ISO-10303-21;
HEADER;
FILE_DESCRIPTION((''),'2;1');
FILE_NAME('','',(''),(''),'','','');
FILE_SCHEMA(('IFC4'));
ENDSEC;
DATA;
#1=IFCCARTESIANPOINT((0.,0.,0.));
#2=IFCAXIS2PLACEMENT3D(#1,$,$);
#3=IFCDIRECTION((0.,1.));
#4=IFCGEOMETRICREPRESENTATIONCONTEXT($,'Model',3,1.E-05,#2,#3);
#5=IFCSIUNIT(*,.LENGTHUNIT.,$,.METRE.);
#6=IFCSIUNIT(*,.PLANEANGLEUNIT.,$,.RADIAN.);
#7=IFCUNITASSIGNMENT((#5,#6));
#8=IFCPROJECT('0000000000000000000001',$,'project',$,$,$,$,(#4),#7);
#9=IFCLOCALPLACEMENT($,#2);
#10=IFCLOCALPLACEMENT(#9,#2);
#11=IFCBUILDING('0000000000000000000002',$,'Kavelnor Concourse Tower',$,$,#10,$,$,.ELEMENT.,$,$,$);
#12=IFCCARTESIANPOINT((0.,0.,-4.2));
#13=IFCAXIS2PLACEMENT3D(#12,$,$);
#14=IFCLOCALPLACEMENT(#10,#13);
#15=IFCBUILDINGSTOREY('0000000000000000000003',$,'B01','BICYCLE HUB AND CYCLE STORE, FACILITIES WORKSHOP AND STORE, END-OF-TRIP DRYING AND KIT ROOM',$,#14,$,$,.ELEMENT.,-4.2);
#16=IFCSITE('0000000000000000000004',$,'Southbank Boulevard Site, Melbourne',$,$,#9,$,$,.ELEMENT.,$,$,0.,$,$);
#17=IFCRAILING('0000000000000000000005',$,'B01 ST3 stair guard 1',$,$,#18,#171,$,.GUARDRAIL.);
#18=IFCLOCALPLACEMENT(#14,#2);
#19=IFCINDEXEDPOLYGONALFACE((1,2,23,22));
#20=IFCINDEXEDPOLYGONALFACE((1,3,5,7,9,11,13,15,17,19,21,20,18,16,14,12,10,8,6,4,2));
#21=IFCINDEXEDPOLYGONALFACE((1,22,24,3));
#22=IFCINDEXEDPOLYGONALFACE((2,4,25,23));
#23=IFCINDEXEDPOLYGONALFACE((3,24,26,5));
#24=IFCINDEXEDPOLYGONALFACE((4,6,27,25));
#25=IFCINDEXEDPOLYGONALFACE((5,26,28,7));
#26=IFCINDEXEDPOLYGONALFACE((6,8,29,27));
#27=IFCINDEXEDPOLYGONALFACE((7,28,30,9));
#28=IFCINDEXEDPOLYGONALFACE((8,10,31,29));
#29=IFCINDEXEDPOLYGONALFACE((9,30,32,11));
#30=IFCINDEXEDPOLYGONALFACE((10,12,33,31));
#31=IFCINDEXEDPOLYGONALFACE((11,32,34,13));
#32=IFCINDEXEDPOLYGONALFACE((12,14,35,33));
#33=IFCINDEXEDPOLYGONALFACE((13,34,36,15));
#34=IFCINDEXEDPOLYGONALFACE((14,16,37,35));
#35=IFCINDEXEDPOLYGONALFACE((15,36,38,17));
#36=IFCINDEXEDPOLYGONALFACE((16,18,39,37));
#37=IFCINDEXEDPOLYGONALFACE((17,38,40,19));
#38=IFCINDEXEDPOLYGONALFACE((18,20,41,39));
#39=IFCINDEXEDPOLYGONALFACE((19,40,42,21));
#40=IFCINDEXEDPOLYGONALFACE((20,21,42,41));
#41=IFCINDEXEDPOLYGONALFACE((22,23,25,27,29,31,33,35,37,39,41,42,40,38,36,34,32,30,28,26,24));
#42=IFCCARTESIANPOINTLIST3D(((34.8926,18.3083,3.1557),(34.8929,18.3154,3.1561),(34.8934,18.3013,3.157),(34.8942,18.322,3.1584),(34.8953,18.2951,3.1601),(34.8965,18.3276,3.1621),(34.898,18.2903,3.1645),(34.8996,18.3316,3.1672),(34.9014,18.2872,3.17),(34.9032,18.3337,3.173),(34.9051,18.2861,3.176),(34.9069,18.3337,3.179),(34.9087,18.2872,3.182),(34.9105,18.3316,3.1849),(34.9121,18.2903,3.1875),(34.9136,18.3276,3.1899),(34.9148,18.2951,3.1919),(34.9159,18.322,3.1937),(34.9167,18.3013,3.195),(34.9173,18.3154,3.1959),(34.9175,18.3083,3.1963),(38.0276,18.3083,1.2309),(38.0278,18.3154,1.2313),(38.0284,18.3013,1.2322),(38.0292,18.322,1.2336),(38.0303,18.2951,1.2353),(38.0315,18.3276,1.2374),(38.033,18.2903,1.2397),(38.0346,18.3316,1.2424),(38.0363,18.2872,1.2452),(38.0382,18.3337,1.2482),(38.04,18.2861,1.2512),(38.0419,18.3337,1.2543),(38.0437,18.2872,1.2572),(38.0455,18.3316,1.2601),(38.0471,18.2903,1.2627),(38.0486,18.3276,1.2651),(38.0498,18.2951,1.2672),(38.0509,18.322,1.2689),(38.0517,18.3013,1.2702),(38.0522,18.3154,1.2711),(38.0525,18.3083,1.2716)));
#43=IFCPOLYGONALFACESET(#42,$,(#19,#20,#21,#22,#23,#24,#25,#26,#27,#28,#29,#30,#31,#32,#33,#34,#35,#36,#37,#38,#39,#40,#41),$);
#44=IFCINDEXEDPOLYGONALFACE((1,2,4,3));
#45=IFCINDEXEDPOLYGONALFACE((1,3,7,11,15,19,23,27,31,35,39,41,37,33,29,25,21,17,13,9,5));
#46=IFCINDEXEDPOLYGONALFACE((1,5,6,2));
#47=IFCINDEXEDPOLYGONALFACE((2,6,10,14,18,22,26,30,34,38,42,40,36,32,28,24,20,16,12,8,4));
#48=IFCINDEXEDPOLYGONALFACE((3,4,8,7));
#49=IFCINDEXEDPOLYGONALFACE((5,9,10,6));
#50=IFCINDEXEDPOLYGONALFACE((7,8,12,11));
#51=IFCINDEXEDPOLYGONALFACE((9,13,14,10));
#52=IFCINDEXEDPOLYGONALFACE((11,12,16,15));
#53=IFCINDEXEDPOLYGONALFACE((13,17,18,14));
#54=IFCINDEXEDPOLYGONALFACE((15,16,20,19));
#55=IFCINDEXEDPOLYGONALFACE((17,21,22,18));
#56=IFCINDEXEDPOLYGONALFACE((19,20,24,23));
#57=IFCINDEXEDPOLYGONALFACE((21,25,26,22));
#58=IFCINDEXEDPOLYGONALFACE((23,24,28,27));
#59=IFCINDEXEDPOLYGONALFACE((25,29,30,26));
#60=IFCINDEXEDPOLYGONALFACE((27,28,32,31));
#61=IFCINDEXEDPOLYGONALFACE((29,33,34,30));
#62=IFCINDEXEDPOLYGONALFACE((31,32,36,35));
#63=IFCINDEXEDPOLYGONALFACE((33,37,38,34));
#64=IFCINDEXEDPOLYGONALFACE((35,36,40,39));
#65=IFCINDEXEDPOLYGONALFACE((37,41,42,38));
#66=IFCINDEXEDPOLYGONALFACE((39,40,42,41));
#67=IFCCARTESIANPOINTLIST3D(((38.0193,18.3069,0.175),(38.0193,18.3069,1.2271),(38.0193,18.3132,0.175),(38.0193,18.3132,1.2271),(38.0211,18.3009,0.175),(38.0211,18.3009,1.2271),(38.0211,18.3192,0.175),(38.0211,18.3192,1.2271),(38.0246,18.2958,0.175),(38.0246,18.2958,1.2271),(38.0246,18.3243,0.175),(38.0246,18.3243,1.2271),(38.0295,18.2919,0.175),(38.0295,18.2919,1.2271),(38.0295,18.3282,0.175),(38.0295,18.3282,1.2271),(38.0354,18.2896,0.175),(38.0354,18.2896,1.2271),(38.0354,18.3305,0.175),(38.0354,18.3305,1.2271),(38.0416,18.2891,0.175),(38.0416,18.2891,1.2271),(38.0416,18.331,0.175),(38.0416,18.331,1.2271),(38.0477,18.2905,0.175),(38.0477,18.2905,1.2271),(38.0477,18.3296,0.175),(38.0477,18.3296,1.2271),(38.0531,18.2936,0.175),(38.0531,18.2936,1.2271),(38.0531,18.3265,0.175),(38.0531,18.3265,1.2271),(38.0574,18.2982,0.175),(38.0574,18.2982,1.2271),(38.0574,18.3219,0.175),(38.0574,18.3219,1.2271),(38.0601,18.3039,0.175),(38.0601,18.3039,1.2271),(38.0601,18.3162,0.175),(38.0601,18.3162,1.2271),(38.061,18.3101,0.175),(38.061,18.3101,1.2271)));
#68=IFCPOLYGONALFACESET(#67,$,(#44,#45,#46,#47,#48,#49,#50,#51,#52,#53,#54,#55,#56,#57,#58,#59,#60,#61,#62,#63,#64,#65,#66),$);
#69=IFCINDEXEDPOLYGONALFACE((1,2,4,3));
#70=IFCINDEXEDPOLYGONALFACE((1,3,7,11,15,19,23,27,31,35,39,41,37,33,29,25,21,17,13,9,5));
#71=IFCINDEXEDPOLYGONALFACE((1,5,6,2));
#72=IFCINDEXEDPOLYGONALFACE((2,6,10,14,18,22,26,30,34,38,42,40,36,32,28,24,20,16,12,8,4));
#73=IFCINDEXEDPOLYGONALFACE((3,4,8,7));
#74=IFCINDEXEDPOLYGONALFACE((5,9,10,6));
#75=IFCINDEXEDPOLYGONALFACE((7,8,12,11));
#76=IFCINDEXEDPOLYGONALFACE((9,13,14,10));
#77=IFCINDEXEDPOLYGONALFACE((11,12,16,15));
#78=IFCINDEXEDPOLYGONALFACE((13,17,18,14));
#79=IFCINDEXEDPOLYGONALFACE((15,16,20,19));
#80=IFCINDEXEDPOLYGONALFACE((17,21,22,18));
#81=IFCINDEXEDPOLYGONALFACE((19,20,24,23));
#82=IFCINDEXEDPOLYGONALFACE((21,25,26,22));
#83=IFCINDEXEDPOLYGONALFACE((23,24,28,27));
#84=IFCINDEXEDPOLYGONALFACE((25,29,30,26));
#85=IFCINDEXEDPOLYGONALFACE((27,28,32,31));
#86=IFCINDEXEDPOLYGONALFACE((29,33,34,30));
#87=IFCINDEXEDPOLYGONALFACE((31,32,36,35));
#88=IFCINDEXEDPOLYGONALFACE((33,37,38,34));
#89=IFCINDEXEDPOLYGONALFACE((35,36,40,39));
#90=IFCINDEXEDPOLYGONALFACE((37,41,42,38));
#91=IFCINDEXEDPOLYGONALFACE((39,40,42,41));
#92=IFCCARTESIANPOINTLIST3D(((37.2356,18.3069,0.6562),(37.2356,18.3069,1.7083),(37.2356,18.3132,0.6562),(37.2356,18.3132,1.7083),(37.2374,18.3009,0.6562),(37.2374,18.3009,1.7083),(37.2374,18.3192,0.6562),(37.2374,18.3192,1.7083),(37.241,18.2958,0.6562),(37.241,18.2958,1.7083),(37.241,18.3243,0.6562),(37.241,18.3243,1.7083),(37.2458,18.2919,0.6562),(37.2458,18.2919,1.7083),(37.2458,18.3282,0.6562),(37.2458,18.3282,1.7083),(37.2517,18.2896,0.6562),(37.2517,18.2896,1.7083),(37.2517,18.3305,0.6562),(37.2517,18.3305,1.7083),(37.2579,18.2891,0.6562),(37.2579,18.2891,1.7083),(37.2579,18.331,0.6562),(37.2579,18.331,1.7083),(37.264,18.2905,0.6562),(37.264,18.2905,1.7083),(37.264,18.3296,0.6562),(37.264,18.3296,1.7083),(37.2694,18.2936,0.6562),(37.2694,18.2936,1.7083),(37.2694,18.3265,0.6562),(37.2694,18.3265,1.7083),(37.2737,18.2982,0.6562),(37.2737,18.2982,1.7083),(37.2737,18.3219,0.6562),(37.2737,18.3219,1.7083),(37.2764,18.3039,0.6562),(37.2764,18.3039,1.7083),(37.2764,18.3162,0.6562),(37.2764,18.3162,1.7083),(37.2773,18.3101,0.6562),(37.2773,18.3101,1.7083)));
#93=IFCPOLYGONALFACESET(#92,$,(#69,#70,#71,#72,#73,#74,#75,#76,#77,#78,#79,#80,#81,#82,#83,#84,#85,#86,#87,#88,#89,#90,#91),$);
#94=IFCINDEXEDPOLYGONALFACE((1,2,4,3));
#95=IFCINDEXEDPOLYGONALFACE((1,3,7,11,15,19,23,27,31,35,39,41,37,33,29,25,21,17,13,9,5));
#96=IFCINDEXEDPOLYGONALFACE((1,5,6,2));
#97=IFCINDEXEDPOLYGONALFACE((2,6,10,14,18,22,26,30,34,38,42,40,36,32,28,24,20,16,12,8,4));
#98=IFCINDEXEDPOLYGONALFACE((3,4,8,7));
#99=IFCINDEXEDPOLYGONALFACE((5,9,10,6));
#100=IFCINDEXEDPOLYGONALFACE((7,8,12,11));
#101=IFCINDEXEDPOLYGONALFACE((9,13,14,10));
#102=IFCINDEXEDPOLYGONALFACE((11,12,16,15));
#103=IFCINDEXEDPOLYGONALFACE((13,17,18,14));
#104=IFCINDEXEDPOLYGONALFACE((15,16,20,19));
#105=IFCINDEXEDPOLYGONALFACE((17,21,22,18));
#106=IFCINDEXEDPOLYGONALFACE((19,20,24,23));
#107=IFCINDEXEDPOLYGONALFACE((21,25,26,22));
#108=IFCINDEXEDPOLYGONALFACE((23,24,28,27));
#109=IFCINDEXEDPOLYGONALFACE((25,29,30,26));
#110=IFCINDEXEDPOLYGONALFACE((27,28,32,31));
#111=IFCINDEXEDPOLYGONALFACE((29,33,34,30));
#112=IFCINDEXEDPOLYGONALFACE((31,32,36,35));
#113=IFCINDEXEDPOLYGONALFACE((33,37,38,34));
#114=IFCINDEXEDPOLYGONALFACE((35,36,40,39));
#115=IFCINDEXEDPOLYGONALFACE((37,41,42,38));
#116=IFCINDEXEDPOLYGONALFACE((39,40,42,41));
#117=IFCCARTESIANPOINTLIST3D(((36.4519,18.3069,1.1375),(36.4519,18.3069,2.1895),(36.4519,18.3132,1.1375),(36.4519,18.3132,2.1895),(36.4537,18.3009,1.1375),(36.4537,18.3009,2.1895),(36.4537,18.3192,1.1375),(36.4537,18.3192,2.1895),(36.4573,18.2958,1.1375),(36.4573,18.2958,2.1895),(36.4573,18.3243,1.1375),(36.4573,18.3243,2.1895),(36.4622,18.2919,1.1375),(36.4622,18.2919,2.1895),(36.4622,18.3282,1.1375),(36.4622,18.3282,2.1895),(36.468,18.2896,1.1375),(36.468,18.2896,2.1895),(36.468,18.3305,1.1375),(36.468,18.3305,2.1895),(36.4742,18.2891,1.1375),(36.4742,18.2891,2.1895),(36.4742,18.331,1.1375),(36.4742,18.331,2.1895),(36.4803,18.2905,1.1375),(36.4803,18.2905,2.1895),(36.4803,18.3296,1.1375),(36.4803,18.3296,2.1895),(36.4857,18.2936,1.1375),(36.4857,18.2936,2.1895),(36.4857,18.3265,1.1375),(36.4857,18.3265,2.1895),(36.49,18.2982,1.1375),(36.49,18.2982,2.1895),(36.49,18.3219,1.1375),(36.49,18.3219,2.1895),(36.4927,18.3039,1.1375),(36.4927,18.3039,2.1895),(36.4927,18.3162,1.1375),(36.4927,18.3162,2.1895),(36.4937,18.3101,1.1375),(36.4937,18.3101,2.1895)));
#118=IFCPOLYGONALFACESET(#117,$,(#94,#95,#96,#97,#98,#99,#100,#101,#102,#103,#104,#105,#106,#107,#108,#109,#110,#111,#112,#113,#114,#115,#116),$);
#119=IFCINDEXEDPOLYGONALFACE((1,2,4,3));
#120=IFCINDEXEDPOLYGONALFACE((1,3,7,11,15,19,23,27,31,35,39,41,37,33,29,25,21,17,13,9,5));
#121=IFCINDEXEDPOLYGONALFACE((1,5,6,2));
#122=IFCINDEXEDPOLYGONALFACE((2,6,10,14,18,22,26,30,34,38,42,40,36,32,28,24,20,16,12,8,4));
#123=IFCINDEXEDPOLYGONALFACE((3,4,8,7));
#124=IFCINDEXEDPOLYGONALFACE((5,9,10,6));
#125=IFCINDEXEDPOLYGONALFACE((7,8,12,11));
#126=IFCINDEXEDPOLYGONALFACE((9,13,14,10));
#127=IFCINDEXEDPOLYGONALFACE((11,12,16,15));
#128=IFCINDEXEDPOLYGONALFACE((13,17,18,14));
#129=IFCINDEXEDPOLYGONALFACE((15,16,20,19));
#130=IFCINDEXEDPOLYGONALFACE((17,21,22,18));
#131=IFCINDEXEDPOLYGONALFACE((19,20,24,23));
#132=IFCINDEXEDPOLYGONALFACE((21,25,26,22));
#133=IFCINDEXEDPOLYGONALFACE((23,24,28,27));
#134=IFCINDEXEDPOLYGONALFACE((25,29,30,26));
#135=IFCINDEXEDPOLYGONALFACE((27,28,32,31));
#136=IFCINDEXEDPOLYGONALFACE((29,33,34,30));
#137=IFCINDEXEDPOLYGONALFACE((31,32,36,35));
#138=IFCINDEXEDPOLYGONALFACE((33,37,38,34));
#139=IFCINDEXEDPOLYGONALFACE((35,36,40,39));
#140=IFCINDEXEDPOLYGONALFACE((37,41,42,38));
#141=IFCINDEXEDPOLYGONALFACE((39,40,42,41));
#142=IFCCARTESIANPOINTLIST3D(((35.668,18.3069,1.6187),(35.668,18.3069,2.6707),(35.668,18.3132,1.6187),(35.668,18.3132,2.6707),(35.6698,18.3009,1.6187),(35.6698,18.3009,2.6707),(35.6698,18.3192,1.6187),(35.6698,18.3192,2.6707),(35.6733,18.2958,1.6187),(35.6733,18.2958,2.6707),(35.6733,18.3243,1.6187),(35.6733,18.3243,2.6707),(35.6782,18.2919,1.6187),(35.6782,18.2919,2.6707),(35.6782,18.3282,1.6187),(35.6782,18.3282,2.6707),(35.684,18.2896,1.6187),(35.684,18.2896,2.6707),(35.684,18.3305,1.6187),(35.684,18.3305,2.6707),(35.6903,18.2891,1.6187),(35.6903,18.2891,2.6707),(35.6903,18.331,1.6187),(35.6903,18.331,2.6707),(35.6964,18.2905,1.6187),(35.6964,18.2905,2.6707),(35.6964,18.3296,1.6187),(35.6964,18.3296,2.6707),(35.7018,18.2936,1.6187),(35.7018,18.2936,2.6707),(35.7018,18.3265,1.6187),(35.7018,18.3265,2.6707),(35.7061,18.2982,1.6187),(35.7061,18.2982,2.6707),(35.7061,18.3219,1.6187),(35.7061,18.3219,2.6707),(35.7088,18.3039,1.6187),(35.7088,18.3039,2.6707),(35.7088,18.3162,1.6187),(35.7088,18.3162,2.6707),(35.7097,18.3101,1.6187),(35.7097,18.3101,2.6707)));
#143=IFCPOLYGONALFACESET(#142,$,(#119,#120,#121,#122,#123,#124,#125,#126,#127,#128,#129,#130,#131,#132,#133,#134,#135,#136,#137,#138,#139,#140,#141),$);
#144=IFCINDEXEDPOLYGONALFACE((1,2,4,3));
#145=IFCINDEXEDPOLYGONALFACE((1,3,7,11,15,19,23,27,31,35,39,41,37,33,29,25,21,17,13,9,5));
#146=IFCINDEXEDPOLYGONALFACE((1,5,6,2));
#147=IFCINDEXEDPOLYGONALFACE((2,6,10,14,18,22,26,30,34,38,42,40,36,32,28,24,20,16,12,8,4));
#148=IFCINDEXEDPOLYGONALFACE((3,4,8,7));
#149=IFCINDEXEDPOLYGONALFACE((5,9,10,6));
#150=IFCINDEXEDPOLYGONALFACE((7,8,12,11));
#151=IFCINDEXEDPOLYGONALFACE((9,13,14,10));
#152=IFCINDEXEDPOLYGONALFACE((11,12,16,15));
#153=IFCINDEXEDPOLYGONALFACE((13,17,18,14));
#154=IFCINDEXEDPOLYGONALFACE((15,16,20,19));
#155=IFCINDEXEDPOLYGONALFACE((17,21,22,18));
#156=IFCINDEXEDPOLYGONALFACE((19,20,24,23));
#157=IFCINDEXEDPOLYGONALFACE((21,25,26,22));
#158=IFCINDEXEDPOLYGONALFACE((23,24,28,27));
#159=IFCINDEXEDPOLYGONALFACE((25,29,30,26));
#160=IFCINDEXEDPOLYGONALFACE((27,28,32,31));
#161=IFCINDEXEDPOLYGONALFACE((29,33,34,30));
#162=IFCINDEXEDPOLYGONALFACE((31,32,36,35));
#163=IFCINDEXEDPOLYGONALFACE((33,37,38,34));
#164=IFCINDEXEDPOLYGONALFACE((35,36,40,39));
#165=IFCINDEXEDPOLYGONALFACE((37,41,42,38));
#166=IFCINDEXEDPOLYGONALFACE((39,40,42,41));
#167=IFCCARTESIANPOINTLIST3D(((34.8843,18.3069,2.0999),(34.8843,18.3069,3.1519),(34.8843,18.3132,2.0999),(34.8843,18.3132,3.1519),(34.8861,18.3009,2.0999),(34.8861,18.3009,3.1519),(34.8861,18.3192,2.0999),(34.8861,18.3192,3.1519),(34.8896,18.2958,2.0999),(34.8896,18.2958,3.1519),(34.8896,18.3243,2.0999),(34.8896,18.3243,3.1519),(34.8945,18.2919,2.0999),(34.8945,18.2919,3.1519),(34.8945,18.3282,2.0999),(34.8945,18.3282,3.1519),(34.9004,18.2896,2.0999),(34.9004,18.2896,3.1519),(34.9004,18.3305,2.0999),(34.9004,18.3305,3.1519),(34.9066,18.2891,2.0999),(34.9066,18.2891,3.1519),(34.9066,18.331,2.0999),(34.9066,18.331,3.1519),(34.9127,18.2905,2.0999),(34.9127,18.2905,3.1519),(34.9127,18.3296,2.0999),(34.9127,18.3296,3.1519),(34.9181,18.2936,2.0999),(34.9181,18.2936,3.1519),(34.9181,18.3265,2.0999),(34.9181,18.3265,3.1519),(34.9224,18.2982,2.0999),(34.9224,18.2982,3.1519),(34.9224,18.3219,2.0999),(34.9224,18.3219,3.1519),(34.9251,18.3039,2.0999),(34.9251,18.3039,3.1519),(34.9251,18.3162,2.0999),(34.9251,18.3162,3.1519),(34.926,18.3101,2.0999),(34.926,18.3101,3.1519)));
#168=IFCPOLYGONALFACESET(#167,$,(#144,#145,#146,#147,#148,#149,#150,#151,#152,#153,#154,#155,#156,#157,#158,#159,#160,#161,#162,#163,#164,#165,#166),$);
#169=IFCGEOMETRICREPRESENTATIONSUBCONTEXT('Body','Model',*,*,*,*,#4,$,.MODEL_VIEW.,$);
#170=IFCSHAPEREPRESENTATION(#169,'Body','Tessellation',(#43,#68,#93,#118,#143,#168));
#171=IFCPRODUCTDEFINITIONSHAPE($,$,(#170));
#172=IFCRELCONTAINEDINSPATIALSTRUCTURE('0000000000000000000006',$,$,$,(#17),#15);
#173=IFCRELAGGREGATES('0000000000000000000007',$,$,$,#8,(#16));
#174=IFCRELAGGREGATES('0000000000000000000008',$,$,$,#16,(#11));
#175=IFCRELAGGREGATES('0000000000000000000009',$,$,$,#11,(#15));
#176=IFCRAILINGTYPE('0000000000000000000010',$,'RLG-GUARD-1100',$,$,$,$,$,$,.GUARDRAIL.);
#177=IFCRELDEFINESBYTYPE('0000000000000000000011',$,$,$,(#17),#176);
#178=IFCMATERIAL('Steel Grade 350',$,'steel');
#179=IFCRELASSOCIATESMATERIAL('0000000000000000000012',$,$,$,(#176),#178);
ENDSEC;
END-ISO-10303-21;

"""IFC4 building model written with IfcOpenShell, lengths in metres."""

from ifc_helpers import new_model, si_unit, direction, frame, origin, origin_2d, place, context, subcontext, project, spatial, circle, extrude, material, type_object, element, save


model = new_model("IFC4")

# Units and contexts
model_context = context("Model", 3, precision=1e-05, world=origin(), true_north=direction((0.0, 1.0)))
body_context = subcontext(model_context, "Body", "Model", "MODEL_VIEW")
ifc_project = project(units=[si_unit("LENGTHUNIT", "METRE"), si_unit("PLANEANGLEUNIT", "RADIAN")], contexts=[model_context])

# Site, building, storey
site_placement = place(None, origin())
site = spatial("IfcSite", under=ifc_project, at=site_placement, Name="Southbank Boulevard Site, Melbourne", CompositionType="ELEMENT", RefElevation=0.0)
building_placement = place(site_placement, origin())
building = spatial("IfcBuilding", under=site, at=building_placement, Name="Kavelnor Concourse Tower", CompositionType="ELEMENT")
storey_placement = place(building_placement, frame((0.0, 0.0, -4.2)))
storey = spatial("IfcBuildingStorey", under=building, at=storey_placement, Name="B01", Description="BICYCLE HUB AND CYCLE STORE, FACILITIES WORKSHOP AND STORE, END-OF-TRIP DRYING AND KIT ROOM", CompositionType="ELEMENT", Elevation=-4.2)

# Shared definitions
ifc_material_1 = material(Name="Steel Grade 350", Category="steel")

# Railing
railing_type_1 = type_object("IfcRailingType", Name="RLG-GUARD-1100", PredefinedType="GUARDRAIL", material=ifc_material_1)
railing_1_placement = place(storey_placement, frame((38.04, 18.3101, 0.175)))
element("IfcRailing", 1, at=railing_1_placement, inside=storey, type_object=railing_type_1, Name="B01 ST3 stair guard 1", PredefinedType="GUARDRAIL", context=body_context, shape_type="SweptSolid", body=[
    extrude(circle(Radius=0.0239, at=origin_2d()), frame((0.0, 0.0, 1.0762), z_axis=(-0.852196, 0.0, 0.523223), x_axis=(0.0, -1.0, 0.0)), (0.0, 0.0, 1.0), 3.6787),
    extrude(circle(Radius=0.021, at=origin_2d()), origin(), (0.0, 0.0, 1.0), 1.052),
    extrude(circle(Radius=0.021, at=origin_2d()), frame((-0.7837, 0.0, 0.4812)), (0.0, 0.0, 1.0), 1.052),
    extrude(circle(Radius=0.021, at=origin_2d()), frame((-1.5674, 0.0, 0.9624)), (0.0, 0.0, 1.0), 1.052),
    extrude(circle(Radius=0.021, at=origin_2d()), frame((-2.3513, 0.0, 1.4436)), (0.0, 0.0, 1.0), 1.052),
    extrude(circle(Radius=0.021, at=origin_2d()), frame((-3.135, 0.0, 1.9248)), (0.0, 0.0, 1.0), 1.052),
])

save(model, "model.ifc")
